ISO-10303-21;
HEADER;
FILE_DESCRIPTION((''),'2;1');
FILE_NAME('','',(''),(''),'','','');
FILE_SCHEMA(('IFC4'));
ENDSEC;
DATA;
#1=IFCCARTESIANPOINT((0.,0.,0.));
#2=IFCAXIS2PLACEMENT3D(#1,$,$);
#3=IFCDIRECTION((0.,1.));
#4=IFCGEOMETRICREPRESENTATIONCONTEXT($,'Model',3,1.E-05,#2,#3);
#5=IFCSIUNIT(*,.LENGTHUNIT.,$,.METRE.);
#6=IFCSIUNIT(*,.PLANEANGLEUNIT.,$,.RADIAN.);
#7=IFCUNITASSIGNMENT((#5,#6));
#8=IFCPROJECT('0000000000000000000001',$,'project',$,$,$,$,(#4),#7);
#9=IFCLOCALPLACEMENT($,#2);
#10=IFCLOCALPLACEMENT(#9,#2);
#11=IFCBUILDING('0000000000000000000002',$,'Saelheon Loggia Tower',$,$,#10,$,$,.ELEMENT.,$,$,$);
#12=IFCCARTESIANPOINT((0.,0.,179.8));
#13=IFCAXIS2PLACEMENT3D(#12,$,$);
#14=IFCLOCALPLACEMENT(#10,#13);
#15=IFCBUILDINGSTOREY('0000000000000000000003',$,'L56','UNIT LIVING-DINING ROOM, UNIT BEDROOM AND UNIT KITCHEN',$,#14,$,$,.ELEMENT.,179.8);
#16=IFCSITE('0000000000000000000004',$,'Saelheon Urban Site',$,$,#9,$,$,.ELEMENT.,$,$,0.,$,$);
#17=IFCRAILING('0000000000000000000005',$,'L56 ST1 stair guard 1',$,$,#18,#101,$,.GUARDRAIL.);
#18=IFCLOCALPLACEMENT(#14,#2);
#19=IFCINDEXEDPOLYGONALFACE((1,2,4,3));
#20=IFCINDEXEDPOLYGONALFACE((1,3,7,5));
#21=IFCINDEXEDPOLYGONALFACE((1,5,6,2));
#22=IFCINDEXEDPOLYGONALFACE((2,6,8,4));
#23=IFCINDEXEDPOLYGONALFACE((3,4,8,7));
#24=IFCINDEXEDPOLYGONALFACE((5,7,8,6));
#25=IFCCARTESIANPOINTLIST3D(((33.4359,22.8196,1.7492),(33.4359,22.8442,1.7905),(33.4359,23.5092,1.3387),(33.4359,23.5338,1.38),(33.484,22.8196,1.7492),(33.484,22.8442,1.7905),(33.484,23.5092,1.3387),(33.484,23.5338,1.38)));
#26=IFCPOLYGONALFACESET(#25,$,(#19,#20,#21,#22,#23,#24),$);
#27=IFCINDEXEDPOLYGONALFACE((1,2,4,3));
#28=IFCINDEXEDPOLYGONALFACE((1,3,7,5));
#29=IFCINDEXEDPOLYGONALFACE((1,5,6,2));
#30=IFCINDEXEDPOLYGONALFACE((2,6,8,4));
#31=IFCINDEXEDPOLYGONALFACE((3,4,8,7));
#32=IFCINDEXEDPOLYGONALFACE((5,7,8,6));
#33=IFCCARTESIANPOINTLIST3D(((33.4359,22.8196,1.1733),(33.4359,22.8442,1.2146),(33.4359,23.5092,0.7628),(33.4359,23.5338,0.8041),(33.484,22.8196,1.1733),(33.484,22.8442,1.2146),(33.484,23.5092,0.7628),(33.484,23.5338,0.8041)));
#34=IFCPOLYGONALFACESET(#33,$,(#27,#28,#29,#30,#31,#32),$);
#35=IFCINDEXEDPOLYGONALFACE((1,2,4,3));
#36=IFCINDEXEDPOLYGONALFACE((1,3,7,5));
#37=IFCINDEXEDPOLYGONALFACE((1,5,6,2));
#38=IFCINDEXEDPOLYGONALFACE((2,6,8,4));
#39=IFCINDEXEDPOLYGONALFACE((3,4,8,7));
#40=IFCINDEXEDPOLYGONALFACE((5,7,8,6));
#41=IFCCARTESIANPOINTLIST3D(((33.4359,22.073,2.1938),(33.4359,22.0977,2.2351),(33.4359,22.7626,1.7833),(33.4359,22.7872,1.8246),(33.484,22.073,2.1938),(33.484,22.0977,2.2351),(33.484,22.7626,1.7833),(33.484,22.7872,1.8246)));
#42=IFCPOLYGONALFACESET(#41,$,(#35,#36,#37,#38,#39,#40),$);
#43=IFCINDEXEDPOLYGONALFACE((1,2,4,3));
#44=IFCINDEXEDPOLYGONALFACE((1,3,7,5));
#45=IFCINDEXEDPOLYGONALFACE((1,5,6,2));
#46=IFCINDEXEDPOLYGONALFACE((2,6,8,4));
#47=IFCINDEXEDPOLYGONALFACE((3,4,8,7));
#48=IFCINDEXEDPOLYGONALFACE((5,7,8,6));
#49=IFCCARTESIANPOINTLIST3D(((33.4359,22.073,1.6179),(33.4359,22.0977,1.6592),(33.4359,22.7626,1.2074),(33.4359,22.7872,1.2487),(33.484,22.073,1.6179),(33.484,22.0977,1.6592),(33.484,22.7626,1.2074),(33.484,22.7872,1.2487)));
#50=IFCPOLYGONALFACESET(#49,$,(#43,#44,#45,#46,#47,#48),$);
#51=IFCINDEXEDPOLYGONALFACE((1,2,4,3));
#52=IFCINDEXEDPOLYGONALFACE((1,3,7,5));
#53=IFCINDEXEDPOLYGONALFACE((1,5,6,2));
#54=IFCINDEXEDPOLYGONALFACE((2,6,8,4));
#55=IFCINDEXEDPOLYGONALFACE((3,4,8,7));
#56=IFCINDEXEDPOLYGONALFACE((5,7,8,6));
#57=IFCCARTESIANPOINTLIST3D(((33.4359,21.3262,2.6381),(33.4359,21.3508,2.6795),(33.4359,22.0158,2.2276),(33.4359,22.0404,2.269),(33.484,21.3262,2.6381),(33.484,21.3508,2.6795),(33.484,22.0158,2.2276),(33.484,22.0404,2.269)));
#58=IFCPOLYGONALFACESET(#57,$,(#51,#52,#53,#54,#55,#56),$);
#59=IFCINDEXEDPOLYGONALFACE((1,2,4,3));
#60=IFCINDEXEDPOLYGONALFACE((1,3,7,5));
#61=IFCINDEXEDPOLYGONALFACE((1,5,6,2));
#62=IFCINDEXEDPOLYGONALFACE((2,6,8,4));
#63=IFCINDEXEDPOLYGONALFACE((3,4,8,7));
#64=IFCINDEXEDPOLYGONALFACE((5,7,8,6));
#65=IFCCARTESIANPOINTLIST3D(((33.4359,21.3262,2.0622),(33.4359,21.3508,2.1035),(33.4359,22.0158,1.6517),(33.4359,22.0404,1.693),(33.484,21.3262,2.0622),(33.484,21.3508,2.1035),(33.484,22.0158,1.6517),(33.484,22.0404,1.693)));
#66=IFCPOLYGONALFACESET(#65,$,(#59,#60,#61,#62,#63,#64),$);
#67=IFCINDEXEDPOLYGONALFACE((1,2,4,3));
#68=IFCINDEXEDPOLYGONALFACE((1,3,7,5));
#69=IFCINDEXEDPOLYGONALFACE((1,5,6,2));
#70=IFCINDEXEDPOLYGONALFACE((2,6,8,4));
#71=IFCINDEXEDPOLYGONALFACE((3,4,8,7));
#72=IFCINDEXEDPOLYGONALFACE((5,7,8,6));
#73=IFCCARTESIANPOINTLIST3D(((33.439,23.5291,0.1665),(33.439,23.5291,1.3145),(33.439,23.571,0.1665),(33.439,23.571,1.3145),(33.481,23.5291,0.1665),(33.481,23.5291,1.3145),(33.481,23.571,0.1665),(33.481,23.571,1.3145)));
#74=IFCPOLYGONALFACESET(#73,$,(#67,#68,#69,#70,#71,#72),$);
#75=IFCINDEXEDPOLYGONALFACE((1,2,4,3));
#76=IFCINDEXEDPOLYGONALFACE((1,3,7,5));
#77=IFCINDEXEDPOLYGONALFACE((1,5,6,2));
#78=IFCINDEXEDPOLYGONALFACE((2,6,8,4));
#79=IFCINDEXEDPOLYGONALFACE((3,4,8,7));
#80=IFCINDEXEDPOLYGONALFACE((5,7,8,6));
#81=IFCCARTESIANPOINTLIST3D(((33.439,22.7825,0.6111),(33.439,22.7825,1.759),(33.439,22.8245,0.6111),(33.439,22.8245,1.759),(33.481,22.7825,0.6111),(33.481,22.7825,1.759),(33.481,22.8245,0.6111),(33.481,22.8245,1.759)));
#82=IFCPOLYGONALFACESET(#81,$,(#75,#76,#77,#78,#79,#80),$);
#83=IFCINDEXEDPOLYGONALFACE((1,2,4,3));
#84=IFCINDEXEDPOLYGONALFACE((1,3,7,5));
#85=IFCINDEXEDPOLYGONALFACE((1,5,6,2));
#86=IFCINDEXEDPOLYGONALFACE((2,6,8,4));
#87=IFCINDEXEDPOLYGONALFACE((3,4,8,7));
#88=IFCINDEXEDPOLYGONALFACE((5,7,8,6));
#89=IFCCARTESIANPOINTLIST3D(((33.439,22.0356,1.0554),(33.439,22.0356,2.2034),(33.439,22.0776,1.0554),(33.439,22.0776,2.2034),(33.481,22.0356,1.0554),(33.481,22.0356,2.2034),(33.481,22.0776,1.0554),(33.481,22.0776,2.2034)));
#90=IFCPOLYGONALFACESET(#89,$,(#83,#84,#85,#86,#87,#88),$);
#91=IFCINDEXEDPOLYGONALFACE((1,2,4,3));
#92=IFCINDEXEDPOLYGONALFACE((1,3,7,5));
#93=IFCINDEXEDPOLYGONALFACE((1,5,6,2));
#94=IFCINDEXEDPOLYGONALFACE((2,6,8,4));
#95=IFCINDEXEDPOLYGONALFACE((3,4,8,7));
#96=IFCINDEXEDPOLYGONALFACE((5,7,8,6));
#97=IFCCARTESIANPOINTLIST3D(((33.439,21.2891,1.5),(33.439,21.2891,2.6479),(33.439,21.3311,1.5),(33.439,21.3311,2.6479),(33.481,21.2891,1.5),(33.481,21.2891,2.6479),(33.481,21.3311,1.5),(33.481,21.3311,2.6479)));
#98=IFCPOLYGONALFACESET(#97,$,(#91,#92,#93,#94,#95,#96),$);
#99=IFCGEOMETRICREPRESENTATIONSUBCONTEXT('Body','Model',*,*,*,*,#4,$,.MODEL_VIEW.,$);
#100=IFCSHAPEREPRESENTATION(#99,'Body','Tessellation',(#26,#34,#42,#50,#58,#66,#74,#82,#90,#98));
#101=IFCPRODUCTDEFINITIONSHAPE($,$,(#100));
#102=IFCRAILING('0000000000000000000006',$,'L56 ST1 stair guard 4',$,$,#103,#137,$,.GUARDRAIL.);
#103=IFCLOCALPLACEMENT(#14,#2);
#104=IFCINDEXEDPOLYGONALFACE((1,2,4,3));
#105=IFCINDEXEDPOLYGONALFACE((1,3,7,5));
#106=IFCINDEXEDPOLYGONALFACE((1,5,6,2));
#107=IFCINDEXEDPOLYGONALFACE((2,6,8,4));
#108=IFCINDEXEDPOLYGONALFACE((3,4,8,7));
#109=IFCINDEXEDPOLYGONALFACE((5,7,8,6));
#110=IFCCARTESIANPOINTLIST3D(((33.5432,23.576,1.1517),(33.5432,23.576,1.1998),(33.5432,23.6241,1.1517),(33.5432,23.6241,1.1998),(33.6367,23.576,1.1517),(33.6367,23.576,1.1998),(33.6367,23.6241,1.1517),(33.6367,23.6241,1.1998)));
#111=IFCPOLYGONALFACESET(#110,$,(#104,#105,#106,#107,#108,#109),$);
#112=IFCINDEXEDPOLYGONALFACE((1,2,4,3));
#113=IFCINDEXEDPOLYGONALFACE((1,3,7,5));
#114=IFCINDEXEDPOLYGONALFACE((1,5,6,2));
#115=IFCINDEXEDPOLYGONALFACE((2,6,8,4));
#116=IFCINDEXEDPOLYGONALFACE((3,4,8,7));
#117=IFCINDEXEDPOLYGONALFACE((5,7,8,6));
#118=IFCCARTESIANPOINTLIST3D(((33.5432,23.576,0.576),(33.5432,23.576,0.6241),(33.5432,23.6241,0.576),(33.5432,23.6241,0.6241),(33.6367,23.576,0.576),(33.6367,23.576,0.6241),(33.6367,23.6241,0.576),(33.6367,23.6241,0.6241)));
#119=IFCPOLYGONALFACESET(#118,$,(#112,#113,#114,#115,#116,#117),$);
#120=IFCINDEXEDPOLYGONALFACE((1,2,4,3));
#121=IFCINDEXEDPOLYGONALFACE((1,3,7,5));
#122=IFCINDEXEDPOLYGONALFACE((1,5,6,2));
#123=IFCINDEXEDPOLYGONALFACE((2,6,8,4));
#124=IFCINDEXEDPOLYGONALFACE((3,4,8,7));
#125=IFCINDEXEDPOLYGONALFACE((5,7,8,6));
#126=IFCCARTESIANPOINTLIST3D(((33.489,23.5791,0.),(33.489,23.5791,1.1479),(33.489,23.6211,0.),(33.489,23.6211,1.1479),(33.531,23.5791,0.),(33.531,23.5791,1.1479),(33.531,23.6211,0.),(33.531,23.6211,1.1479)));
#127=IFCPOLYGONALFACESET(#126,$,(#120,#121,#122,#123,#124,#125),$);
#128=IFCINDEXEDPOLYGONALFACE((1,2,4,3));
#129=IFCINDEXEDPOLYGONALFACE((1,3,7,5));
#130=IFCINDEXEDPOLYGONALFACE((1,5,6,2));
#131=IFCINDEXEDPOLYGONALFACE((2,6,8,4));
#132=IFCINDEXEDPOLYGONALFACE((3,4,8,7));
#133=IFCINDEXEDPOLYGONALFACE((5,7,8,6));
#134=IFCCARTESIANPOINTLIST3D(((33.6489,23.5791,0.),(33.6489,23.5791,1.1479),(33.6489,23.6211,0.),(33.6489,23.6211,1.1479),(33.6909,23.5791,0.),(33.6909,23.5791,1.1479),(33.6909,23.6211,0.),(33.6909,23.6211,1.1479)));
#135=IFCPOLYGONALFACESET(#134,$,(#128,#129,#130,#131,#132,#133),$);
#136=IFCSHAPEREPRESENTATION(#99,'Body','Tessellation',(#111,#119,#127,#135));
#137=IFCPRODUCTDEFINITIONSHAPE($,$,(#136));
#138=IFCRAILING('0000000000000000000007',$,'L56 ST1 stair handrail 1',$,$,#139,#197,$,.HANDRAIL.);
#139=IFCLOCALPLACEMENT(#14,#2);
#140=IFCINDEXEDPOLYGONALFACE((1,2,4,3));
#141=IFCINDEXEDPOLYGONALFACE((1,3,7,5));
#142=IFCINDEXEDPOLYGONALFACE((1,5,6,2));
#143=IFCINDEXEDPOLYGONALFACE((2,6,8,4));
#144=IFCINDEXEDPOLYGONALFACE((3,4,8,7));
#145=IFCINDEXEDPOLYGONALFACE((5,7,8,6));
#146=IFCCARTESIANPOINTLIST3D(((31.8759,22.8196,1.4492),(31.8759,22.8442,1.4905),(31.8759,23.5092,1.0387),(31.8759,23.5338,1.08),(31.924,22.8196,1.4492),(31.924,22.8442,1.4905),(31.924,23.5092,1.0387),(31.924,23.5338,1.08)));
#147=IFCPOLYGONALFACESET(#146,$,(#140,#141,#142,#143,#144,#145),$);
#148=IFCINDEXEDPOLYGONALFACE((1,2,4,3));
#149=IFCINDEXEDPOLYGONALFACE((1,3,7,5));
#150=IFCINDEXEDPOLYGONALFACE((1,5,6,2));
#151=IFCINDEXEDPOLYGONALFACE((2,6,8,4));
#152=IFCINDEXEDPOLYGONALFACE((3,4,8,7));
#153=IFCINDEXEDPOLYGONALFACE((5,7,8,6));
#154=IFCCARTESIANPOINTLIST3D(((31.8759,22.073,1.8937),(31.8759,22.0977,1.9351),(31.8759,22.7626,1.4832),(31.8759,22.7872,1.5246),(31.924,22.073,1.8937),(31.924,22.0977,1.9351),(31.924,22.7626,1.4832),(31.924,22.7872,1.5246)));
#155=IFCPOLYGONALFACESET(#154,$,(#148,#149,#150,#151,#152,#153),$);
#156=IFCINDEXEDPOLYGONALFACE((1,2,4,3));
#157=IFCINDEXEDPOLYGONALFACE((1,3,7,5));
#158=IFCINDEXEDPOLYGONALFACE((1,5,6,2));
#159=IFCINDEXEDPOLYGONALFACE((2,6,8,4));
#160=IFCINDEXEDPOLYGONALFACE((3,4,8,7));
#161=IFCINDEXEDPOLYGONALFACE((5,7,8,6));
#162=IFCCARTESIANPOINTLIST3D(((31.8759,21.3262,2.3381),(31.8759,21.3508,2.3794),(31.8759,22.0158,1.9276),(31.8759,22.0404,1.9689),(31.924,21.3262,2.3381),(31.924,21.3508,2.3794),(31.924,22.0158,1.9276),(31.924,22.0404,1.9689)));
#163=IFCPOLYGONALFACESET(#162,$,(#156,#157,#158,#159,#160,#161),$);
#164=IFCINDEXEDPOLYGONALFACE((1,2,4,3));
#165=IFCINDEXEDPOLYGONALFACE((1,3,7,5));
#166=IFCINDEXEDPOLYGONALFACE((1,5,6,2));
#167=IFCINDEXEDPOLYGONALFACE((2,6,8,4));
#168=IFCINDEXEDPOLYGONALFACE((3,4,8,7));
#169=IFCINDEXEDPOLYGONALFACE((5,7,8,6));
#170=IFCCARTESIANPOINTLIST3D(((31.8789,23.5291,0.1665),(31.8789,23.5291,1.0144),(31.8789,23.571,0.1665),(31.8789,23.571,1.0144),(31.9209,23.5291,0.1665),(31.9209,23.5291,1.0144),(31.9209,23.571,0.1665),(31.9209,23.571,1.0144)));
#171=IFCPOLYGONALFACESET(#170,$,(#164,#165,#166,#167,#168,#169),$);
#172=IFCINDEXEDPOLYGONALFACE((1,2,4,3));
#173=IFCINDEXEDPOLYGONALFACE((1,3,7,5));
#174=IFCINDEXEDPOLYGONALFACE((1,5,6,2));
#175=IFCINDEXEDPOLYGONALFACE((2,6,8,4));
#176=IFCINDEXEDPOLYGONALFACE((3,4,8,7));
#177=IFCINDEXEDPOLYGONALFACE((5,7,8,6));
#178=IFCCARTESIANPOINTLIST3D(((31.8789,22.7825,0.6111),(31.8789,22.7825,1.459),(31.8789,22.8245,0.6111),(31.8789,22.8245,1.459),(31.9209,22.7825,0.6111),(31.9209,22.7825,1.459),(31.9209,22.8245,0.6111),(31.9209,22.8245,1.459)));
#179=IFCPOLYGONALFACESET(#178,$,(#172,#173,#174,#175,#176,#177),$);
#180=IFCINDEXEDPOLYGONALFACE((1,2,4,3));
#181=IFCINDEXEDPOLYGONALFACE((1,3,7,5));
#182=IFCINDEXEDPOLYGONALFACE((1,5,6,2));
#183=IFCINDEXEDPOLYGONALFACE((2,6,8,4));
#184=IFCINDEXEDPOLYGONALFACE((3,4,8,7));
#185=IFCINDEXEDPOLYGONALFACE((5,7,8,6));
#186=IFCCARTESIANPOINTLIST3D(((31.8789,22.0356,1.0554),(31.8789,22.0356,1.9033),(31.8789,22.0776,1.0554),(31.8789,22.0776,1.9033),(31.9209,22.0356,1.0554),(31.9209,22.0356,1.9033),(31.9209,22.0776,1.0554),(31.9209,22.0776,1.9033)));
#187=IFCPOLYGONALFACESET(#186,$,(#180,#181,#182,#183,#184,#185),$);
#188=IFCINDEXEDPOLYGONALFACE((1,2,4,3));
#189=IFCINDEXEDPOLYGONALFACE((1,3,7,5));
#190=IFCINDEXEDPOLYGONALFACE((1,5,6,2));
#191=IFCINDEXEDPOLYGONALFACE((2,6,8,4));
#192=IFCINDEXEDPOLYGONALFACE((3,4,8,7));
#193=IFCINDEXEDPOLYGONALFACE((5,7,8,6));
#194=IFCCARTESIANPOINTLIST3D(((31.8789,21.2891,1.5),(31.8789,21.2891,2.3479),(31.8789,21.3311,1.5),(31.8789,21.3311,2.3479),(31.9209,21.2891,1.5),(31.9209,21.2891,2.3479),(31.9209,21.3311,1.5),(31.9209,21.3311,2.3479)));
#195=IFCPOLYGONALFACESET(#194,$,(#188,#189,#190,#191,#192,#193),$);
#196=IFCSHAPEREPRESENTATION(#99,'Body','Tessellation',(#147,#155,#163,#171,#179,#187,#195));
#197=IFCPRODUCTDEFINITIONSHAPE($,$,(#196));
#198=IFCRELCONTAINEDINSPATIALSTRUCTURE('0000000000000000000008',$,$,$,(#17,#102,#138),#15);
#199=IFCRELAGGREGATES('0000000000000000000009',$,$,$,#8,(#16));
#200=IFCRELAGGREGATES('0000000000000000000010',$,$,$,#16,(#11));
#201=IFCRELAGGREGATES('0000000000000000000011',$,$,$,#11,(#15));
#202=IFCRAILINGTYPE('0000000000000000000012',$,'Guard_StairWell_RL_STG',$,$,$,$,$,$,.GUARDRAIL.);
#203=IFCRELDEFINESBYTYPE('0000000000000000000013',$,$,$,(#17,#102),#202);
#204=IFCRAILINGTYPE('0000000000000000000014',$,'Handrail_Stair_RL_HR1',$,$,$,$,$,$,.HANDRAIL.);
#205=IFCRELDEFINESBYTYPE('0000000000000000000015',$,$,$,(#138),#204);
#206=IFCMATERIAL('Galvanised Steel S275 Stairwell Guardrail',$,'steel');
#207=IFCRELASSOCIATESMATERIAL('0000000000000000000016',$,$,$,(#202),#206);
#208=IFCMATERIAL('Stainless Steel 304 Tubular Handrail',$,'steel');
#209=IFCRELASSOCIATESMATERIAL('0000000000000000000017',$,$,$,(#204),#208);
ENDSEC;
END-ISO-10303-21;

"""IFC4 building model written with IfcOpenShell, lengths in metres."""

from ifc_helpers import new_model, si_unit, direction, frame, origin, origin_2d, place, context, subcontext, project, spatial, rectangle, extrude, material, type_object, element, save


model = new_model("IFC4")

# Units and contexts
model_context = context("Model", 3, precision=1e-05, world=origin(), true_north=direction((0.0, 1.0)))
body_context = subcontext(model_context, "Body", "Model", "MODEL_VIEW")
ifc_project = project(units=[si_unit("LENGTHUNIT", "METRE"), si_unit("PLANEANGLEUNIT", "RADIAN")], contexts=[model_context])

# Site, building, storey
site_placement = place(None, origin())
site = spatial("IfcSite", under=ifc_project, at=site_placement, Name="Saelheon Urban Site", CompositionType="ELEMENT", RefElevation=0.0)
building_placement = place(site_placement, origin())
building = spatial("IfcBuilding", under=site, at=building_placement, Name="Saelheon Loggia Tower", CompositionType="ELEMENT")
storey_placement = place(building_placement, frame((0.0, 0.0, 179.8)))
storey = spatial("IfcBuildingStorey", under=building, at=storey_placement, Name="L56", Description="UNIT LIVING-DINING ROOM, UNIT BEDROOM AND UNIT KITCHEN", CompositionType="ELEMENT", Elevation=179.8)

# Railings
ifc_material_1 = material(Name="Galvanised Steel S275 Stairwell Guardrail", Category="steel")
railing_type_1 = type_object("IfcRailingType", Name="Guard_StairWell_RL_STG", PredefinedType="GUARDRAIL", material=ifc_material_1)
railing_1_placement = place(storey_placement, frame((33.46, 23.55, 0.1665)))
element("IfcRailing", 1, at=railing_1_placement, inside=storey, type_object=railing_type_1, Name="L56 ST1 stair guard 1", PredefinedType="GUARDRAIL", context=body_context, shape_type="SweptSolid", body=[
    extrude(rectangle(XDim=0.0481, YDim=0.0481, at=origin_2d()), frame((0.0, -0.0286, 1.1929), z_axis=(0.0, -0.859264, 0.511532), x_axis=(1.0, 0.0, 0.0)), (0.0, 0.0, 1.0), 0.8025),
    extrude(rectangle(XDim=0.0481, YDim=0.0481, at=origin_2d()), frame((0.0, -0.0286, 0.6169), z_axis=(0.0, -0.859264, 0.511532), x_axis=(1.0, 0.0, 0.0)), (0.0, 0.0, 1.0), 0.8025),
    extrude(rectangle(XDim=0.0481, YDim=0.0481, at=origin_2d()), frame((0.0, -0.7751, 1.6375), z_axis=(0.0, -0.859264, 0.511532), x_axis=(1.0, 0.0, 0.0)), (0.0, 0.0, 1.0), 0.8025),
    extrude(rectangle(XDim=0.0481, YDim=0.0481, at=origin_2d()), frame((0.0, -0.7751, 1.0615), z_axis=(0.0, -0.859264, 0.511532), x_axis=(1.0, 0.0, 0.0)), (0.0, 0.0, 1.0), 0.8025),
    extrude(rectangle(XDim=0.0481, YDim=0.0481, at=origin_2d()), frame((0.0, -1.522, 2.0818), z_axis=(0.0, -0.859264, 0.511532), x_axis=(1.0, 0.0, 0.0)), (0.0, 0.0, 1.0), 0.8025),
    extrude(rectangle(XDim=0.0481, YDim=0.0481, at=origin_2d()), frame((0.0, -1.522, 1.5059), z_axis=(0.0, -0.859264, 0.511532), x_axis=(1.0, 0.0, 0.0)), (0.0, 0.0, 1.0), 0.8025),
    extrude(rectangle(XDim=0.042, YDim=0.042, at=origin_2d()), origin(), (0.0, 0.0, 1.0), 1.1479),
    extrude(rectangle(XDim=0.042, YDim=0.042, at=origin_2d()), frame((0.0, -0.7466, 0.4446)), (0.0, 0.0, 1.0), 1.1479),
    extrude(rectangle(XDim=0.042, YDim=0.042, at=origin_2d()), frame((0.0, -1.4934, 0.8889)), (0.0, 0.0, 1.0), 1.1479),
    extrude(rectangle(XDim=0.042, YDim=0.042, at=origin_2d()), frame((0.0, -2.24, 1.3335)), (0.0, 0.0, 1.0), 1.1479),
])
railing_2_placement = place(storey_placement, frame((33.51, 23.6001, 0.0)))
element("IfcRailing", 2, at=railing_2_placement, inside=storey, type_object=railing_type_1, Name="L56 ST1 stair guard 4", PredefinedType="GUARDRAIL", context=body_context, shape_type="SweptSolid", body=[
    extrude(rectangle(XDim=0.0481, YDim=0.0481, at=origin_2d()), frame((0.0332, 0.0, 1.1758), z_axis=(1.0, 0.0, 0.0), x_axis=(0.0, 1.0, 0.0)), (0.0, 0.0, 1.0), 0.0935),
    extrude(rectangle(XDim=0.0481, YDim=0.0481, at=origin_2d()), frame((0.0332, 0.0, 0.6001), z_axis=(1.0, 0.0, 0.0), x_axis=(0.0, 1.0, 0.0)), (0.0, 0.0, 1.0), 0.0935),
    extrude(rectangle(XDim=0.042, YDim=0.042, at=origin_2d()), origin(), (0.0, 0.0, 1.0), 1.1479),
    extrude(rectangle(XDim=0.042, YDim=0.042, at=origin_2d()), frame((0.1599, 0.0, 0.0)), (0.0, 0.0, 1.0), 1.1479),
])
ifc_material_2 = material(Name="Stainless Steel 304 Tubular Handrail", Category="steel")
railing_type_2 = type_object("IfcRailingType", Name="Handrail_Stair_RL_HR1", PredefinedType="HANDRAIL", material=ifc_material_2)
railing_3_placement = place(storey_placement, frame((31.8999, 23.55, 0.1665)))
element("IfcRailing", 3, at=railing_3_placement, inside=storey, type_object=railing_type_2, Name="L56 ST1 stair handrail 1", PredefinedType="HANDRAIL", context=body_context, shape_type="SweptSolid", body=[
    extrude(rectangle(XDim=0.0481, YDim=0.0481, at=origin_2d()), frame((0.0, -0.0286, 0.8928), z_axis=(0.0, -0.859264, 0.511532), x_axis=(1.0, 0.0, 0.0)), (0.0, 0.0, 1.0), 0.8025),
    extrude(rectangle(XDim=0.0481, YDim=0.0481, at=origin_2d()), frame((0.0, -0.7751, 1.3374), z_axis=(0.0, -0.859264, 0.511532), x_axis=(1.0, 0.0, 0.0)), (0.0, 0.0, 1.0), 0.8025),
    extrude(rectangle(XDim=0.0481, YDim=0.0481, at=origin_2d()), frame((0.0, -1.522, 1.7817), z_axis=(0.0, -0.859264, 0.511532), x_axis=(1.0, 0.0, 0.0)), (0.0, 0.0, 1.0), 0.8025),
    extrude(rectangle(XDim=0.042, YDim=0.042, at=origin_2d()), origin(), (0.0, 0.0, 1.0), 0.8479),
    extrude(rectangle(XDim=0.042, YDim=0.042, at=origin_2d()), frame((0.0, -0.7466, 0.4446)), (0.0, 0.0, 1.0), 0.8479),
    extrude(rectangle(XDim=0.042, YDim=0.042, at=origin_2d()), frame((0.0, -1.4934, 0.8889)), (0.0, 0.0, 1.0), 0.8479),
    extrude(rectangle(XDim=0.042, YDim=0.042, at=origin_2d()), frame((0.0, -2.24, 1.3335)), (0.0, 0.0, 1.0), 0.8479),
])

save(model, "model.ifc")
